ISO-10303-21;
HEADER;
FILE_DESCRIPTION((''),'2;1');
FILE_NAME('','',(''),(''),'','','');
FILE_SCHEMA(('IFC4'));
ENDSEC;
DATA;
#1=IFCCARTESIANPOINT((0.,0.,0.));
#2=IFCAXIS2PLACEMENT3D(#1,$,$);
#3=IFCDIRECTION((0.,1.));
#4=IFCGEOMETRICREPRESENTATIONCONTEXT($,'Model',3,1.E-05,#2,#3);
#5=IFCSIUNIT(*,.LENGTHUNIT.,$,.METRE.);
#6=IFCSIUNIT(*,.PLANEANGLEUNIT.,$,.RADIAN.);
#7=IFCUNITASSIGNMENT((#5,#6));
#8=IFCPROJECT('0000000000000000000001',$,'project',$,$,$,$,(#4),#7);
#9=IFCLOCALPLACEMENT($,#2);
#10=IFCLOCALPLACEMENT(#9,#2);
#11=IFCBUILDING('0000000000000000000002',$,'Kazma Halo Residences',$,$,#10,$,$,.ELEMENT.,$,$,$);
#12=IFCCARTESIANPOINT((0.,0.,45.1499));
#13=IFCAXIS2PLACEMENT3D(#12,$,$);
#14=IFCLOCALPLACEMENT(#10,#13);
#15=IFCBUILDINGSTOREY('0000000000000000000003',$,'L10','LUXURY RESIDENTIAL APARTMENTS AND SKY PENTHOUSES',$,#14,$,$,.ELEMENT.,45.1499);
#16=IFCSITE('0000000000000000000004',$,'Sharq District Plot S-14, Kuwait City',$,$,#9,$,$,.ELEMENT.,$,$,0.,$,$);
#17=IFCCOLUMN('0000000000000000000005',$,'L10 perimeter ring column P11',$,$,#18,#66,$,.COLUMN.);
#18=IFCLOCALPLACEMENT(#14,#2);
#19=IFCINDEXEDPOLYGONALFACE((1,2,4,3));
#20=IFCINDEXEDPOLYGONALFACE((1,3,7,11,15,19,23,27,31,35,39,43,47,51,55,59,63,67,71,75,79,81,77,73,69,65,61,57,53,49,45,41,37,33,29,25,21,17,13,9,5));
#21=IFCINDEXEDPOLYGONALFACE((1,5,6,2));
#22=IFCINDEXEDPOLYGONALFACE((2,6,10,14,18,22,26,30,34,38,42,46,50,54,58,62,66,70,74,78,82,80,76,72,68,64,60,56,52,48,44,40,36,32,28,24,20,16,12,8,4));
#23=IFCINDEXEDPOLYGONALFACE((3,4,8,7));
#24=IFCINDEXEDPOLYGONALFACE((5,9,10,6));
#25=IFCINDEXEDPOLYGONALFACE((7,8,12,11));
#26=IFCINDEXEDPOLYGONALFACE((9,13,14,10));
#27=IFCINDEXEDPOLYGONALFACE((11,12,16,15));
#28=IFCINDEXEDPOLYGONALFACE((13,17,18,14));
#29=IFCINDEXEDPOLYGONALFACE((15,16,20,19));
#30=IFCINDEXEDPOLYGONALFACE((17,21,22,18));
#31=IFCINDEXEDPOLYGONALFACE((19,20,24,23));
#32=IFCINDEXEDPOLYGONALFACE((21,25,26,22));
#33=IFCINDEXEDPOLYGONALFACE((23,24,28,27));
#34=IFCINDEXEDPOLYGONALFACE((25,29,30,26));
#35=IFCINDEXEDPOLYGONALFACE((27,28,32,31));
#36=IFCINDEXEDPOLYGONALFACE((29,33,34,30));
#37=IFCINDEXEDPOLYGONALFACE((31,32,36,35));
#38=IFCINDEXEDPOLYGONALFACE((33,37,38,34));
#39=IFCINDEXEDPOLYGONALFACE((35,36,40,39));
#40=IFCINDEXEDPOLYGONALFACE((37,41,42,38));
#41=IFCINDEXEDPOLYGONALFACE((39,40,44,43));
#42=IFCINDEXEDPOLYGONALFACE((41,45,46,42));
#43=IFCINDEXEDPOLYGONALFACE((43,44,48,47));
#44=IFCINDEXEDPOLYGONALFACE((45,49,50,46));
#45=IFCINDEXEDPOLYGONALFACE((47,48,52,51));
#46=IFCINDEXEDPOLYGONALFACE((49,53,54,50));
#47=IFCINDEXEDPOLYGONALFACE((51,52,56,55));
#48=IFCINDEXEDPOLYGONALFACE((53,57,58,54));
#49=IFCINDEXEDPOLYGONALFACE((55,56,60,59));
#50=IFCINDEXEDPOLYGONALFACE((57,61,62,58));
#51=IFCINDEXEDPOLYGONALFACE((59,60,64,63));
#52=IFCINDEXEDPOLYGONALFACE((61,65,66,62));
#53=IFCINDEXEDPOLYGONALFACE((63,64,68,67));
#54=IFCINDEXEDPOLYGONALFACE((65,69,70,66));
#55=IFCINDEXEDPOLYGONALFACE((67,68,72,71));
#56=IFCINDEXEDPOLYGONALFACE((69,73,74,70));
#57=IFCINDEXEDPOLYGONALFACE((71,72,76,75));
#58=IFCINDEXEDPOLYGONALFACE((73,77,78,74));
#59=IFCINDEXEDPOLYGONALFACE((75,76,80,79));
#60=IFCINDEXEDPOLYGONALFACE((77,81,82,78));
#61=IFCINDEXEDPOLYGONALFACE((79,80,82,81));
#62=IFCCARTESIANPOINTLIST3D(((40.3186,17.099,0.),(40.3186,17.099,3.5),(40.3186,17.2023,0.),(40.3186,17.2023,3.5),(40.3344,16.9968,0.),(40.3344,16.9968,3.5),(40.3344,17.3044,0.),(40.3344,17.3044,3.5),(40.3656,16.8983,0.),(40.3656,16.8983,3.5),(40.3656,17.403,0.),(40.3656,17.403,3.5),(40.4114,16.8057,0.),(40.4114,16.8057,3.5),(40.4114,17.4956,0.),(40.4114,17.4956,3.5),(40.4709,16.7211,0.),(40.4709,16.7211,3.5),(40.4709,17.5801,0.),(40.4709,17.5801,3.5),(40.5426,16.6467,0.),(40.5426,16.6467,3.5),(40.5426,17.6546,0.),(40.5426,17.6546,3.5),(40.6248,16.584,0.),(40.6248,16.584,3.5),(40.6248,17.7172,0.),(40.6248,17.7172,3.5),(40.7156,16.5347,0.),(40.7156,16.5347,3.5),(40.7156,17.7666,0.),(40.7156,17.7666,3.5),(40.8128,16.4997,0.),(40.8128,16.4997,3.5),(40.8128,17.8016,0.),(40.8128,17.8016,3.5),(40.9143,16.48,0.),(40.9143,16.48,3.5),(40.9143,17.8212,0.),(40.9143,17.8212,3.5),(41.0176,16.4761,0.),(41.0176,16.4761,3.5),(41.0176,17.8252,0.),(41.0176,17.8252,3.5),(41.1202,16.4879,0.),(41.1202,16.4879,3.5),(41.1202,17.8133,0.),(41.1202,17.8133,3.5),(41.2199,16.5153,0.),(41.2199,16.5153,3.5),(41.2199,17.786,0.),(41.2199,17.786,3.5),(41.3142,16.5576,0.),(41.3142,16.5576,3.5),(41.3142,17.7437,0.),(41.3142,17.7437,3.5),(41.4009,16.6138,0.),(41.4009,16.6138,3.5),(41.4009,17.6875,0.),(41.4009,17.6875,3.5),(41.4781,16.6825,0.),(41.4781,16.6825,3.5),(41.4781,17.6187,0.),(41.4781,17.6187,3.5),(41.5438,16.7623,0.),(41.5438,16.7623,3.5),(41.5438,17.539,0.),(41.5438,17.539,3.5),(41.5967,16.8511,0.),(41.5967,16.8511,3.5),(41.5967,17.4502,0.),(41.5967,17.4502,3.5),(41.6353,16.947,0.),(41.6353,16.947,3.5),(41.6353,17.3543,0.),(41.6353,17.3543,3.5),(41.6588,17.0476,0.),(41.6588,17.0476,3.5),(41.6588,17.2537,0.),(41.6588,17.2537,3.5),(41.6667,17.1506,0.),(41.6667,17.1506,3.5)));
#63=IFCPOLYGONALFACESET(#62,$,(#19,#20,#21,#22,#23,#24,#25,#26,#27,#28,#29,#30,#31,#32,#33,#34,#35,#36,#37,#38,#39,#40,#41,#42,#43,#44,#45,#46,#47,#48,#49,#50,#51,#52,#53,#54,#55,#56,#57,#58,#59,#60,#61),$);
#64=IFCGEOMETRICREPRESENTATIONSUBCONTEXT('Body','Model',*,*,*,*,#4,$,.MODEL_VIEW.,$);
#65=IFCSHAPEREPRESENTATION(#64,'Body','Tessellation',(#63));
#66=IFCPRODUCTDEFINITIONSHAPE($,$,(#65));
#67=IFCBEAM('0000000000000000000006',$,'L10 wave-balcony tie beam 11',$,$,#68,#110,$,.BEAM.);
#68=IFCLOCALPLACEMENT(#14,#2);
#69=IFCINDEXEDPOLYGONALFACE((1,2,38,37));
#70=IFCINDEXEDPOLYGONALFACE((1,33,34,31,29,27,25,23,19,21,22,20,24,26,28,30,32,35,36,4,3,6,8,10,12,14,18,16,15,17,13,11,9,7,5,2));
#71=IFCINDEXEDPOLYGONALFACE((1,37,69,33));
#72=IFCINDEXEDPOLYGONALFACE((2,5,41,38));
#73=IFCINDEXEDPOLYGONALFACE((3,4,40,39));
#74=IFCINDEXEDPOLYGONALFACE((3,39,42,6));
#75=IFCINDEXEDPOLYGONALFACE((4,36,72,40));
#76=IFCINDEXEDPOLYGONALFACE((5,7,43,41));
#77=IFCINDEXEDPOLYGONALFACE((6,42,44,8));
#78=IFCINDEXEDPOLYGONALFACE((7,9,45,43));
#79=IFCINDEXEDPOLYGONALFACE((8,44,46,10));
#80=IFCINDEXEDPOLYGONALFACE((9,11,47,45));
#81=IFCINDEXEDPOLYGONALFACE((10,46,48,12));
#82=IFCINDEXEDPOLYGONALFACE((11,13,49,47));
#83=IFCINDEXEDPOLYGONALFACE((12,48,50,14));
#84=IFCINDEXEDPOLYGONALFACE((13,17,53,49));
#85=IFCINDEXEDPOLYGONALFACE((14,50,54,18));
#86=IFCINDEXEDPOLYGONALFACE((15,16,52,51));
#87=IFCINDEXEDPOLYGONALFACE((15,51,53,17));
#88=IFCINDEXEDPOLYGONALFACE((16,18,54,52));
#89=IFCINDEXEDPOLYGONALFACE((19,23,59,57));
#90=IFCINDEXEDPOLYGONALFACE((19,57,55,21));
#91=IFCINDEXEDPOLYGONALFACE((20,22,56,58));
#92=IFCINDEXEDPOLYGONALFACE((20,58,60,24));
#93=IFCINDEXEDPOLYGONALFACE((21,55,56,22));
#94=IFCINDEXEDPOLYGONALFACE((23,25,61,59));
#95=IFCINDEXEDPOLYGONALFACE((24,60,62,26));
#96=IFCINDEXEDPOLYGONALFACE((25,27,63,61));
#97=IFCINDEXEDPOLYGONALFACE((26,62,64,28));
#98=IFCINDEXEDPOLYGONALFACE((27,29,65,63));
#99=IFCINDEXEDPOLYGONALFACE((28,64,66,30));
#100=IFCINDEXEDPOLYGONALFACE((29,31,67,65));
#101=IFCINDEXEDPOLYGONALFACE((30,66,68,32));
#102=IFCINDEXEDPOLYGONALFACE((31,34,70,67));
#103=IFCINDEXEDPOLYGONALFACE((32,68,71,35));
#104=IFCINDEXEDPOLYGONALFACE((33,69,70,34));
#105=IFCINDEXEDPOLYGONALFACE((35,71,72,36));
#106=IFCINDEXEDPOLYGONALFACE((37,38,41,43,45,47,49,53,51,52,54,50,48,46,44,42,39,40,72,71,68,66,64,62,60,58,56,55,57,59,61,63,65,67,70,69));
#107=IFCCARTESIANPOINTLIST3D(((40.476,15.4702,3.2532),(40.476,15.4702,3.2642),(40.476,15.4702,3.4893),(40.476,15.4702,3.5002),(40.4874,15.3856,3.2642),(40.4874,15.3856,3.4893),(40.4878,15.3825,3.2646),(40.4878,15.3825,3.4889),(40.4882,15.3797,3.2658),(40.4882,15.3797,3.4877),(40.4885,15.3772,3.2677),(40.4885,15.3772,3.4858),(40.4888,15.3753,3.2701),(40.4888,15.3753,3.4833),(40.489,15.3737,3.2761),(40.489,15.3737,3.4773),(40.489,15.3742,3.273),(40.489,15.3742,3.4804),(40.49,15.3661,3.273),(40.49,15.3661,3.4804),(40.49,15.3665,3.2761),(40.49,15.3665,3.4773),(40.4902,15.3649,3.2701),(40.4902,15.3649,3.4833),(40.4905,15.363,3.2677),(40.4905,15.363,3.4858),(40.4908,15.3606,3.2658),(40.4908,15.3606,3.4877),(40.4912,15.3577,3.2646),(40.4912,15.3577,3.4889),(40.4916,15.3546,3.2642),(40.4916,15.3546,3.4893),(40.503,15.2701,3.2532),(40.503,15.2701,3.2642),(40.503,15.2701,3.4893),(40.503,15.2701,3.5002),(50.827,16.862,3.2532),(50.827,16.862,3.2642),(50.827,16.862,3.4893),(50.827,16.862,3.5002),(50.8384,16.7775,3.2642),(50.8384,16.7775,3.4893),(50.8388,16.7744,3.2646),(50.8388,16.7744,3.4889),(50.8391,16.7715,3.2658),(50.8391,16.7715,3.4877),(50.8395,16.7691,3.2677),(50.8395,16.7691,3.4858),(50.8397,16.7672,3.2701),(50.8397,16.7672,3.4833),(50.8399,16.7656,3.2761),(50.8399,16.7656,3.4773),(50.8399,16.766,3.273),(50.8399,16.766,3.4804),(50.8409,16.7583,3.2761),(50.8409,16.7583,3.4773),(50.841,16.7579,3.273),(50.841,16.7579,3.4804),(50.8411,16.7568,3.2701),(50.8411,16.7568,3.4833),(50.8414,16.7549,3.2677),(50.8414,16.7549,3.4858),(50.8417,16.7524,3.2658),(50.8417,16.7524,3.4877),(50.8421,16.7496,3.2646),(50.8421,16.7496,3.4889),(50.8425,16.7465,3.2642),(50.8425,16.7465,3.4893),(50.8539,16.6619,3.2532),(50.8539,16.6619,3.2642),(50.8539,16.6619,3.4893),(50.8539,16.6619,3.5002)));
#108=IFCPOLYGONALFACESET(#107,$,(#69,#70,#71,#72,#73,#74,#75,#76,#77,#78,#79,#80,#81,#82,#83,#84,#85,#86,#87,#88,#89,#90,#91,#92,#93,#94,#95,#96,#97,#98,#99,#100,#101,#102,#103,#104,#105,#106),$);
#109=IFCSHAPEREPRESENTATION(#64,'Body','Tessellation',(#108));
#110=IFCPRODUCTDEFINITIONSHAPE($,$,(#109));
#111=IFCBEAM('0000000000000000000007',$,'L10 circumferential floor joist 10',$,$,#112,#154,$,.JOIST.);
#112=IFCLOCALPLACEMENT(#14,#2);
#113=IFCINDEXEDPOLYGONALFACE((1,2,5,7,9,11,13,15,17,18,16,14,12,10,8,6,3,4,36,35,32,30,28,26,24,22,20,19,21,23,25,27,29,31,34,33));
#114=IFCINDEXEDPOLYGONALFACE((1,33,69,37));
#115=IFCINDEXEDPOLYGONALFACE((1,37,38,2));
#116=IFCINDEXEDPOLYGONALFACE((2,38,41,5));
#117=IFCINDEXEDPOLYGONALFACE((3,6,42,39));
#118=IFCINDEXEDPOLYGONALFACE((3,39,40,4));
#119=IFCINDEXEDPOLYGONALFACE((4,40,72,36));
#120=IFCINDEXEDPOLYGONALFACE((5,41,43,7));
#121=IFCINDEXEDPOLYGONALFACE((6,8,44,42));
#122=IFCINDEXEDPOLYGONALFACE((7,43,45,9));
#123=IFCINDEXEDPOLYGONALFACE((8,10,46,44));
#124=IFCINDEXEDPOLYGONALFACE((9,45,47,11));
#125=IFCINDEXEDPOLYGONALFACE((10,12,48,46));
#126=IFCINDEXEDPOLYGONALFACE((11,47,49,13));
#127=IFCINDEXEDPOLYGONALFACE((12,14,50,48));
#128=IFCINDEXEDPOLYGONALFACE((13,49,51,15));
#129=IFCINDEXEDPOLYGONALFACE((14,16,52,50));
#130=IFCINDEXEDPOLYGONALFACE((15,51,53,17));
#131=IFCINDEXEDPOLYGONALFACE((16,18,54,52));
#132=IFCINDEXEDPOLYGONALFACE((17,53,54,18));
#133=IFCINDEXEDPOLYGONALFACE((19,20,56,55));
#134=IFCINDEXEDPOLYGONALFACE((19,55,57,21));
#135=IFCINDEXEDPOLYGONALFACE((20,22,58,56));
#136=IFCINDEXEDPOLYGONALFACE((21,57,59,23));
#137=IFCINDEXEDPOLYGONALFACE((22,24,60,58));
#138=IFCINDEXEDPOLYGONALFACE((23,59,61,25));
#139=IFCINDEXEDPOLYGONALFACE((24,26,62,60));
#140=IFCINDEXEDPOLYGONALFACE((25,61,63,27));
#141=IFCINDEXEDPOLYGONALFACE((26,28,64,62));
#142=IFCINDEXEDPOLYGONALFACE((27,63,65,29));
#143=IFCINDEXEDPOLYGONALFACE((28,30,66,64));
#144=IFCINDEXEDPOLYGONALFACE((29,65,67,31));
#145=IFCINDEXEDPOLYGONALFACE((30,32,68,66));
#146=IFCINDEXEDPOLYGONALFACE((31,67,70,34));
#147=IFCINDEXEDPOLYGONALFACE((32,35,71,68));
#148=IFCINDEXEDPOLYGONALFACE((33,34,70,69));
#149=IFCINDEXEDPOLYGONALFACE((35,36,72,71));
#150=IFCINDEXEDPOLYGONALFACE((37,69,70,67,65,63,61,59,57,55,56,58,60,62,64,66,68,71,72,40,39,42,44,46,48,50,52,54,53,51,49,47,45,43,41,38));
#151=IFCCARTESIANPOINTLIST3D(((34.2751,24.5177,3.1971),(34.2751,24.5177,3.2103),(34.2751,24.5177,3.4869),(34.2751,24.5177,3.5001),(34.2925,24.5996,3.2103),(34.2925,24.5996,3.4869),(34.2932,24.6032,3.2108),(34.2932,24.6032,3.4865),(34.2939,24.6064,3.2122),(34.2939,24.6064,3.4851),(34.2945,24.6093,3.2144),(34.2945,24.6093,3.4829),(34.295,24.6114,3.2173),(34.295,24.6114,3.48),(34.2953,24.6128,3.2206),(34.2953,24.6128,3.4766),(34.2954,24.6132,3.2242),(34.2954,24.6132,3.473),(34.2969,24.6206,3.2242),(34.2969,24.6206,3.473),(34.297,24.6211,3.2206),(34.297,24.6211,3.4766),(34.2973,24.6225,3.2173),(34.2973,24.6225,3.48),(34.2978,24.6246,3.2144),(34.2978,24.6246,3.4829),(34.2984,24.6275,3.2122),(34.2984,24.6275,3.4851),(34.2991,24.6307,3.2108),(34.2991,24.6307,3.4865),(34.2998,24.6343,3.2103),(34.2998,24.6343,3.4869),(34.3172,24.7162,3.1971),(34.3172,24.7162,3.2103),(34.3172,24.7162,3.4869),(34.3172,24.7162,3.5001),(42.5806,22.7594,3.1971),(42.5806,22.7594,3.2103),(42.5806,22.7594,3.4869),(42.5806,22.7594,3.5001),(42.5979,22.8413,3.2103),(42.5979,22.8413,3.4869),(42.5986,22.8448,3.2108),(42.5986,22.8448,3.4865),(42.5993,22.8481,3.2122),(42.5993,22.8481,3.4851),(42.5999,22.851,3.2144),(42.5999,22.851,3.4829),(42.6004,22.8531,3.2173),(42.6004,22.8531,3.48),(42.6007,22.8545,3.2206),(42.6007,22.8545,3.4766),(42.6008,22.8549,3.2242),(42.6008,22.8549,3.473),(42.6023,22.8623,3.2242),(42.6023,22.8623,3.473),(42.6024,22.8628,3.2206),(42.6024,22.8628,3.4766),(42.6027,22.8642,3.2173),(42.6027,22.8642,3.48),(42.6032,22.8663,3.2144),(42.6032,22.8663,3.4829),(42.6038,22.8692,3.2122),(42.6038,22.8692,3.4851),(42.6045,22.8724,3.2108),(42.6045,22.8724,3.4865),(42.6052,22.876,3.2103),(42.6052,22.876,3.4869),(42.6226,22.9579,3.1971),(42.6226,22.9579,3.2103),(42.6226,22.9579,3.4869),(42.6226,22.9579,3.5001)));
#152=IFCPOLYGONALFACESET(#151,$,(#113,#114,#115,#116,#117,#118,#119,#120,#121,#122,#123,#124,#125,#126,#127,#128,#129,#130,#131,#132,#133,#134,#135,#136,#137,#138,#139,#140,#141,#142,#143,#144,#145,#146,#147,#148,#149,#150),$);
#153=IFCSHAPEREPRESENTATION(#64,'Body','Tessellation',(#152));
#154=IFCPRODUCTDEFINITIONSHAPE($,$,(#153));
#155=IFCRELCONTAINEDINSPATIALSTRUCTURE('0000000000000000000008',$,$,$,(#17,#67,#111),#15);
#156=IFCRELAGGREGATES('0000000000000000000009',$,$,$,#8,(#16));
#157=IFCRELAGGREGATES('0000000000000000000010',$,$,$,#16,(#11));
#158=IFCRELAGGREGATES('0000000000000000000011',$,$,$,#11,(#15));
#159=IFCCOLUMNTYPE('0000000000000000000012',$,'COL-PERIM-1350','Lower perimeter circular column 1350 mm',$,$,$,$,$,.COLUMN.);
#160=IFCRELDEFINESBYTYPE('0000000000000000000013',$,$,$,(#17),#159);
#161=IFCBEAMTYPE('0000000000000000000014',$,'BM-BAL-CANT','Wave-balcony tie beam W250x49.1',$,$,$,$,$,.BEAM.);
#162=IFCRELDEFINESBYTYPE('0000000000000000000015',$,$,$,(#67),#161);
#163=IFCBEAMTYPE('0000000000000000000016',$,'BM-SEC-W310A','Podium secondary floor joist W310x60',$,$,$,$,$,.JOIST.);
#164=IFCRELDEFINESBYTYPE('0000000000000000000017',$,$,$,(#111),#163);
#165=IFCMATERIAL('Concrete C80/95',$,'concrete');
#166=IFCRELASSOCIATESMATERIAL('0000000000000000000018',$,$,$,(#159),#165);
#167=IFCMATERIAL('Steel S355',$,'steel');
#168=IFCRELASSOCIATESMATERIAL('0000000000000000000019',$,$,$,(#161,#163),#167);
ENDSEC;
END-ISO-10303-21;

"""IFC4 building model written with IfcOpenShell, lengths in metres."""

from ifc_helpers import new_model, si_unit, direction, frame, origin, origin_2d, place, context, subcontext, project, spatial, circle, i_section, extrude, material, material_profile, profile_set, type_object, element, save


model = new_model("IFC4")

# Units and contexts
model_context = context("Model", 3, precision=1e-05, world=origin(), true_north=direction((0.0, 1.0)))
body_context = subcontext(model_context, "Body", "Model", "MODEL_VIEW")
ifc_project = project(units=[si_unit("LENGTHUNIT", "METRE"), si_unit("PLANEANGLEUNIT", "RADIAN")], contexts=[model_context])

# Site, building, storey
site_placement = place(None, origin())
site = spatial("IfcSite", under=ifc_project, at=site_placement, Name="Sharq District Plot S-14, Kuwait City", CompositionType="ELEMENT", RefElevation=0.0)
building_placement = place(site_placement, origin())
building = spatial("IfcBuilding", under=site, at=building_placement, Name="Kazma Halo Residences", CompositionType="ELEMENT")
storey_placement = place(building_placement, frame((0.0, 0.0, 45.1499)))
storey = spatial("IfcBuildingStorey", under=building, at=storey_placement, Name="L10", Description="LUXURY RESIDENTIAL APARTMENTS AND SKY PENTHOUSES", CompositionType="ELEMENT", Elevation=45.1499)

# Column
ifc_material_1 = material(Name="Concrete C80/95", Category="concrete")
ifc_material_profile_1 = material_profile(ifc_material_1, circle(Radius=0.675, at=origin_2d()), Name="CIRC1350")
ifc_profile_set_1 = profile_set([ifc_material_profile_1], Name="Concrete C80/95")
column_type = type_object("IfcColumnType", Name="COL-PERIM-1350", Description="Lower perimeter circular column 1350 mm", PredefinedType="COLUMN", material=ifc_profile_set_1)
column_placement = place(storey_placement, frame((40.9917, 17.1506, 0.0), z_axis=(0.0, 0.0, 1.0), x_axis=(1.0, 0.0, 0.0)))
element("IfcColumn", 1, at=column_placement, inside=storey, type_object=column_type, Name="L10 perimeter ring column P11", PredefinedType="COLUMN", context=body_context, shape_type="SweptSolid", body=[
    extrude(circle(Radius=0.675, at=origin_2d()), origin(), (0.0, 0.0, 1.0), 3.5),
])

# Beams
ifc_material_2 = material(Name="Steel S355", Category="steel")
ifc_material_profile_2 = material_profile(ifc_material_2, i_section(OverallWidth=0.2019, OverallDepth=0.2471, WebThickness=0.0073, FlangeThickness=0.011, FilletRadius=0.012, at=origin_2d()), Name="W250x49.1")
ifc_profile_set_2 = profile_set([ifc_material_profile_2], Name="Steel S355")
beam_type_1 = type_object("IfcBeamType", Name="BM-BAL-CANT", Description="Wave-balcony tie beam W250x49.1", PredefinedType="BEAM", material=ifc_profile_set_2)
beam_1_placement = place(storey_placement, frame((40.4895, 15.3701, 3.3767), z_axis=(0.99108, 0.133268, 0.0), x_axis=(-0.133268, 0.99108, 0.0)))
element("IfcBeam", 2, at=beam_1_placement, inside=storey, type_object=beam_type_1, Name="L10 wave-balcony tie beam 11", PredefinedType="BEAM", context=body_context, shape_type="SweptSolid", body=[
    extrude(i_section(OverallWidth=0.2019, OverallDepth=0.2471, WebThickness=0.0073, FlangeThickness=0.011, FilletRadius=0.012, at=origin_2d()), origin(), (0.0, 0.0, 1.0), 10.4441),
])
ifc_material_profile_3 = material_profile(ifc_material_2, i_section(OverallWidth=0.2029, OverallDepth=0.303, WebThickness=0.0076, FlangeThickness=0.0132, FilletRadius=0.0139, at=origin_2d()), Name="W310x60")
ifc_profile_set_3 = profile_set([ifc_material_profile_3], Name="Steel S355")
beam_type_2 = type_object("IfcBeamType", Name="BM-SEC-W310A", Description="Podium secondary floor joist W310x60", PredefinedType="JOIST", material=ifc_profile_set_3)
beam_2_placement = place(storey_placement, frame((34.2961, 24.6169, 3.3486), z_axis=(0.978317, -0.207115, 0.0), x_axis=(0.207115, 0.978317, 0.0)))
element("IfcBeam", 3, at=beam_2_placement, inside=storey, type_object=beam_type_2, Name="L10 circumferential floor joist 10", PredefinedType="JOIST", context=body_context, shape_type="SweptSolid", body=[
    extrude(i_section(OverallWidth=0.2029, OverallDepth=0.303, WebThickness=0.0076, FlangeThickness=0.0132, FilletRadius=0.0139, at=origin_2d()), origin(), (0.0, 0.0, 1.0), 8.4895),
])

save(model, "model.ifc")
